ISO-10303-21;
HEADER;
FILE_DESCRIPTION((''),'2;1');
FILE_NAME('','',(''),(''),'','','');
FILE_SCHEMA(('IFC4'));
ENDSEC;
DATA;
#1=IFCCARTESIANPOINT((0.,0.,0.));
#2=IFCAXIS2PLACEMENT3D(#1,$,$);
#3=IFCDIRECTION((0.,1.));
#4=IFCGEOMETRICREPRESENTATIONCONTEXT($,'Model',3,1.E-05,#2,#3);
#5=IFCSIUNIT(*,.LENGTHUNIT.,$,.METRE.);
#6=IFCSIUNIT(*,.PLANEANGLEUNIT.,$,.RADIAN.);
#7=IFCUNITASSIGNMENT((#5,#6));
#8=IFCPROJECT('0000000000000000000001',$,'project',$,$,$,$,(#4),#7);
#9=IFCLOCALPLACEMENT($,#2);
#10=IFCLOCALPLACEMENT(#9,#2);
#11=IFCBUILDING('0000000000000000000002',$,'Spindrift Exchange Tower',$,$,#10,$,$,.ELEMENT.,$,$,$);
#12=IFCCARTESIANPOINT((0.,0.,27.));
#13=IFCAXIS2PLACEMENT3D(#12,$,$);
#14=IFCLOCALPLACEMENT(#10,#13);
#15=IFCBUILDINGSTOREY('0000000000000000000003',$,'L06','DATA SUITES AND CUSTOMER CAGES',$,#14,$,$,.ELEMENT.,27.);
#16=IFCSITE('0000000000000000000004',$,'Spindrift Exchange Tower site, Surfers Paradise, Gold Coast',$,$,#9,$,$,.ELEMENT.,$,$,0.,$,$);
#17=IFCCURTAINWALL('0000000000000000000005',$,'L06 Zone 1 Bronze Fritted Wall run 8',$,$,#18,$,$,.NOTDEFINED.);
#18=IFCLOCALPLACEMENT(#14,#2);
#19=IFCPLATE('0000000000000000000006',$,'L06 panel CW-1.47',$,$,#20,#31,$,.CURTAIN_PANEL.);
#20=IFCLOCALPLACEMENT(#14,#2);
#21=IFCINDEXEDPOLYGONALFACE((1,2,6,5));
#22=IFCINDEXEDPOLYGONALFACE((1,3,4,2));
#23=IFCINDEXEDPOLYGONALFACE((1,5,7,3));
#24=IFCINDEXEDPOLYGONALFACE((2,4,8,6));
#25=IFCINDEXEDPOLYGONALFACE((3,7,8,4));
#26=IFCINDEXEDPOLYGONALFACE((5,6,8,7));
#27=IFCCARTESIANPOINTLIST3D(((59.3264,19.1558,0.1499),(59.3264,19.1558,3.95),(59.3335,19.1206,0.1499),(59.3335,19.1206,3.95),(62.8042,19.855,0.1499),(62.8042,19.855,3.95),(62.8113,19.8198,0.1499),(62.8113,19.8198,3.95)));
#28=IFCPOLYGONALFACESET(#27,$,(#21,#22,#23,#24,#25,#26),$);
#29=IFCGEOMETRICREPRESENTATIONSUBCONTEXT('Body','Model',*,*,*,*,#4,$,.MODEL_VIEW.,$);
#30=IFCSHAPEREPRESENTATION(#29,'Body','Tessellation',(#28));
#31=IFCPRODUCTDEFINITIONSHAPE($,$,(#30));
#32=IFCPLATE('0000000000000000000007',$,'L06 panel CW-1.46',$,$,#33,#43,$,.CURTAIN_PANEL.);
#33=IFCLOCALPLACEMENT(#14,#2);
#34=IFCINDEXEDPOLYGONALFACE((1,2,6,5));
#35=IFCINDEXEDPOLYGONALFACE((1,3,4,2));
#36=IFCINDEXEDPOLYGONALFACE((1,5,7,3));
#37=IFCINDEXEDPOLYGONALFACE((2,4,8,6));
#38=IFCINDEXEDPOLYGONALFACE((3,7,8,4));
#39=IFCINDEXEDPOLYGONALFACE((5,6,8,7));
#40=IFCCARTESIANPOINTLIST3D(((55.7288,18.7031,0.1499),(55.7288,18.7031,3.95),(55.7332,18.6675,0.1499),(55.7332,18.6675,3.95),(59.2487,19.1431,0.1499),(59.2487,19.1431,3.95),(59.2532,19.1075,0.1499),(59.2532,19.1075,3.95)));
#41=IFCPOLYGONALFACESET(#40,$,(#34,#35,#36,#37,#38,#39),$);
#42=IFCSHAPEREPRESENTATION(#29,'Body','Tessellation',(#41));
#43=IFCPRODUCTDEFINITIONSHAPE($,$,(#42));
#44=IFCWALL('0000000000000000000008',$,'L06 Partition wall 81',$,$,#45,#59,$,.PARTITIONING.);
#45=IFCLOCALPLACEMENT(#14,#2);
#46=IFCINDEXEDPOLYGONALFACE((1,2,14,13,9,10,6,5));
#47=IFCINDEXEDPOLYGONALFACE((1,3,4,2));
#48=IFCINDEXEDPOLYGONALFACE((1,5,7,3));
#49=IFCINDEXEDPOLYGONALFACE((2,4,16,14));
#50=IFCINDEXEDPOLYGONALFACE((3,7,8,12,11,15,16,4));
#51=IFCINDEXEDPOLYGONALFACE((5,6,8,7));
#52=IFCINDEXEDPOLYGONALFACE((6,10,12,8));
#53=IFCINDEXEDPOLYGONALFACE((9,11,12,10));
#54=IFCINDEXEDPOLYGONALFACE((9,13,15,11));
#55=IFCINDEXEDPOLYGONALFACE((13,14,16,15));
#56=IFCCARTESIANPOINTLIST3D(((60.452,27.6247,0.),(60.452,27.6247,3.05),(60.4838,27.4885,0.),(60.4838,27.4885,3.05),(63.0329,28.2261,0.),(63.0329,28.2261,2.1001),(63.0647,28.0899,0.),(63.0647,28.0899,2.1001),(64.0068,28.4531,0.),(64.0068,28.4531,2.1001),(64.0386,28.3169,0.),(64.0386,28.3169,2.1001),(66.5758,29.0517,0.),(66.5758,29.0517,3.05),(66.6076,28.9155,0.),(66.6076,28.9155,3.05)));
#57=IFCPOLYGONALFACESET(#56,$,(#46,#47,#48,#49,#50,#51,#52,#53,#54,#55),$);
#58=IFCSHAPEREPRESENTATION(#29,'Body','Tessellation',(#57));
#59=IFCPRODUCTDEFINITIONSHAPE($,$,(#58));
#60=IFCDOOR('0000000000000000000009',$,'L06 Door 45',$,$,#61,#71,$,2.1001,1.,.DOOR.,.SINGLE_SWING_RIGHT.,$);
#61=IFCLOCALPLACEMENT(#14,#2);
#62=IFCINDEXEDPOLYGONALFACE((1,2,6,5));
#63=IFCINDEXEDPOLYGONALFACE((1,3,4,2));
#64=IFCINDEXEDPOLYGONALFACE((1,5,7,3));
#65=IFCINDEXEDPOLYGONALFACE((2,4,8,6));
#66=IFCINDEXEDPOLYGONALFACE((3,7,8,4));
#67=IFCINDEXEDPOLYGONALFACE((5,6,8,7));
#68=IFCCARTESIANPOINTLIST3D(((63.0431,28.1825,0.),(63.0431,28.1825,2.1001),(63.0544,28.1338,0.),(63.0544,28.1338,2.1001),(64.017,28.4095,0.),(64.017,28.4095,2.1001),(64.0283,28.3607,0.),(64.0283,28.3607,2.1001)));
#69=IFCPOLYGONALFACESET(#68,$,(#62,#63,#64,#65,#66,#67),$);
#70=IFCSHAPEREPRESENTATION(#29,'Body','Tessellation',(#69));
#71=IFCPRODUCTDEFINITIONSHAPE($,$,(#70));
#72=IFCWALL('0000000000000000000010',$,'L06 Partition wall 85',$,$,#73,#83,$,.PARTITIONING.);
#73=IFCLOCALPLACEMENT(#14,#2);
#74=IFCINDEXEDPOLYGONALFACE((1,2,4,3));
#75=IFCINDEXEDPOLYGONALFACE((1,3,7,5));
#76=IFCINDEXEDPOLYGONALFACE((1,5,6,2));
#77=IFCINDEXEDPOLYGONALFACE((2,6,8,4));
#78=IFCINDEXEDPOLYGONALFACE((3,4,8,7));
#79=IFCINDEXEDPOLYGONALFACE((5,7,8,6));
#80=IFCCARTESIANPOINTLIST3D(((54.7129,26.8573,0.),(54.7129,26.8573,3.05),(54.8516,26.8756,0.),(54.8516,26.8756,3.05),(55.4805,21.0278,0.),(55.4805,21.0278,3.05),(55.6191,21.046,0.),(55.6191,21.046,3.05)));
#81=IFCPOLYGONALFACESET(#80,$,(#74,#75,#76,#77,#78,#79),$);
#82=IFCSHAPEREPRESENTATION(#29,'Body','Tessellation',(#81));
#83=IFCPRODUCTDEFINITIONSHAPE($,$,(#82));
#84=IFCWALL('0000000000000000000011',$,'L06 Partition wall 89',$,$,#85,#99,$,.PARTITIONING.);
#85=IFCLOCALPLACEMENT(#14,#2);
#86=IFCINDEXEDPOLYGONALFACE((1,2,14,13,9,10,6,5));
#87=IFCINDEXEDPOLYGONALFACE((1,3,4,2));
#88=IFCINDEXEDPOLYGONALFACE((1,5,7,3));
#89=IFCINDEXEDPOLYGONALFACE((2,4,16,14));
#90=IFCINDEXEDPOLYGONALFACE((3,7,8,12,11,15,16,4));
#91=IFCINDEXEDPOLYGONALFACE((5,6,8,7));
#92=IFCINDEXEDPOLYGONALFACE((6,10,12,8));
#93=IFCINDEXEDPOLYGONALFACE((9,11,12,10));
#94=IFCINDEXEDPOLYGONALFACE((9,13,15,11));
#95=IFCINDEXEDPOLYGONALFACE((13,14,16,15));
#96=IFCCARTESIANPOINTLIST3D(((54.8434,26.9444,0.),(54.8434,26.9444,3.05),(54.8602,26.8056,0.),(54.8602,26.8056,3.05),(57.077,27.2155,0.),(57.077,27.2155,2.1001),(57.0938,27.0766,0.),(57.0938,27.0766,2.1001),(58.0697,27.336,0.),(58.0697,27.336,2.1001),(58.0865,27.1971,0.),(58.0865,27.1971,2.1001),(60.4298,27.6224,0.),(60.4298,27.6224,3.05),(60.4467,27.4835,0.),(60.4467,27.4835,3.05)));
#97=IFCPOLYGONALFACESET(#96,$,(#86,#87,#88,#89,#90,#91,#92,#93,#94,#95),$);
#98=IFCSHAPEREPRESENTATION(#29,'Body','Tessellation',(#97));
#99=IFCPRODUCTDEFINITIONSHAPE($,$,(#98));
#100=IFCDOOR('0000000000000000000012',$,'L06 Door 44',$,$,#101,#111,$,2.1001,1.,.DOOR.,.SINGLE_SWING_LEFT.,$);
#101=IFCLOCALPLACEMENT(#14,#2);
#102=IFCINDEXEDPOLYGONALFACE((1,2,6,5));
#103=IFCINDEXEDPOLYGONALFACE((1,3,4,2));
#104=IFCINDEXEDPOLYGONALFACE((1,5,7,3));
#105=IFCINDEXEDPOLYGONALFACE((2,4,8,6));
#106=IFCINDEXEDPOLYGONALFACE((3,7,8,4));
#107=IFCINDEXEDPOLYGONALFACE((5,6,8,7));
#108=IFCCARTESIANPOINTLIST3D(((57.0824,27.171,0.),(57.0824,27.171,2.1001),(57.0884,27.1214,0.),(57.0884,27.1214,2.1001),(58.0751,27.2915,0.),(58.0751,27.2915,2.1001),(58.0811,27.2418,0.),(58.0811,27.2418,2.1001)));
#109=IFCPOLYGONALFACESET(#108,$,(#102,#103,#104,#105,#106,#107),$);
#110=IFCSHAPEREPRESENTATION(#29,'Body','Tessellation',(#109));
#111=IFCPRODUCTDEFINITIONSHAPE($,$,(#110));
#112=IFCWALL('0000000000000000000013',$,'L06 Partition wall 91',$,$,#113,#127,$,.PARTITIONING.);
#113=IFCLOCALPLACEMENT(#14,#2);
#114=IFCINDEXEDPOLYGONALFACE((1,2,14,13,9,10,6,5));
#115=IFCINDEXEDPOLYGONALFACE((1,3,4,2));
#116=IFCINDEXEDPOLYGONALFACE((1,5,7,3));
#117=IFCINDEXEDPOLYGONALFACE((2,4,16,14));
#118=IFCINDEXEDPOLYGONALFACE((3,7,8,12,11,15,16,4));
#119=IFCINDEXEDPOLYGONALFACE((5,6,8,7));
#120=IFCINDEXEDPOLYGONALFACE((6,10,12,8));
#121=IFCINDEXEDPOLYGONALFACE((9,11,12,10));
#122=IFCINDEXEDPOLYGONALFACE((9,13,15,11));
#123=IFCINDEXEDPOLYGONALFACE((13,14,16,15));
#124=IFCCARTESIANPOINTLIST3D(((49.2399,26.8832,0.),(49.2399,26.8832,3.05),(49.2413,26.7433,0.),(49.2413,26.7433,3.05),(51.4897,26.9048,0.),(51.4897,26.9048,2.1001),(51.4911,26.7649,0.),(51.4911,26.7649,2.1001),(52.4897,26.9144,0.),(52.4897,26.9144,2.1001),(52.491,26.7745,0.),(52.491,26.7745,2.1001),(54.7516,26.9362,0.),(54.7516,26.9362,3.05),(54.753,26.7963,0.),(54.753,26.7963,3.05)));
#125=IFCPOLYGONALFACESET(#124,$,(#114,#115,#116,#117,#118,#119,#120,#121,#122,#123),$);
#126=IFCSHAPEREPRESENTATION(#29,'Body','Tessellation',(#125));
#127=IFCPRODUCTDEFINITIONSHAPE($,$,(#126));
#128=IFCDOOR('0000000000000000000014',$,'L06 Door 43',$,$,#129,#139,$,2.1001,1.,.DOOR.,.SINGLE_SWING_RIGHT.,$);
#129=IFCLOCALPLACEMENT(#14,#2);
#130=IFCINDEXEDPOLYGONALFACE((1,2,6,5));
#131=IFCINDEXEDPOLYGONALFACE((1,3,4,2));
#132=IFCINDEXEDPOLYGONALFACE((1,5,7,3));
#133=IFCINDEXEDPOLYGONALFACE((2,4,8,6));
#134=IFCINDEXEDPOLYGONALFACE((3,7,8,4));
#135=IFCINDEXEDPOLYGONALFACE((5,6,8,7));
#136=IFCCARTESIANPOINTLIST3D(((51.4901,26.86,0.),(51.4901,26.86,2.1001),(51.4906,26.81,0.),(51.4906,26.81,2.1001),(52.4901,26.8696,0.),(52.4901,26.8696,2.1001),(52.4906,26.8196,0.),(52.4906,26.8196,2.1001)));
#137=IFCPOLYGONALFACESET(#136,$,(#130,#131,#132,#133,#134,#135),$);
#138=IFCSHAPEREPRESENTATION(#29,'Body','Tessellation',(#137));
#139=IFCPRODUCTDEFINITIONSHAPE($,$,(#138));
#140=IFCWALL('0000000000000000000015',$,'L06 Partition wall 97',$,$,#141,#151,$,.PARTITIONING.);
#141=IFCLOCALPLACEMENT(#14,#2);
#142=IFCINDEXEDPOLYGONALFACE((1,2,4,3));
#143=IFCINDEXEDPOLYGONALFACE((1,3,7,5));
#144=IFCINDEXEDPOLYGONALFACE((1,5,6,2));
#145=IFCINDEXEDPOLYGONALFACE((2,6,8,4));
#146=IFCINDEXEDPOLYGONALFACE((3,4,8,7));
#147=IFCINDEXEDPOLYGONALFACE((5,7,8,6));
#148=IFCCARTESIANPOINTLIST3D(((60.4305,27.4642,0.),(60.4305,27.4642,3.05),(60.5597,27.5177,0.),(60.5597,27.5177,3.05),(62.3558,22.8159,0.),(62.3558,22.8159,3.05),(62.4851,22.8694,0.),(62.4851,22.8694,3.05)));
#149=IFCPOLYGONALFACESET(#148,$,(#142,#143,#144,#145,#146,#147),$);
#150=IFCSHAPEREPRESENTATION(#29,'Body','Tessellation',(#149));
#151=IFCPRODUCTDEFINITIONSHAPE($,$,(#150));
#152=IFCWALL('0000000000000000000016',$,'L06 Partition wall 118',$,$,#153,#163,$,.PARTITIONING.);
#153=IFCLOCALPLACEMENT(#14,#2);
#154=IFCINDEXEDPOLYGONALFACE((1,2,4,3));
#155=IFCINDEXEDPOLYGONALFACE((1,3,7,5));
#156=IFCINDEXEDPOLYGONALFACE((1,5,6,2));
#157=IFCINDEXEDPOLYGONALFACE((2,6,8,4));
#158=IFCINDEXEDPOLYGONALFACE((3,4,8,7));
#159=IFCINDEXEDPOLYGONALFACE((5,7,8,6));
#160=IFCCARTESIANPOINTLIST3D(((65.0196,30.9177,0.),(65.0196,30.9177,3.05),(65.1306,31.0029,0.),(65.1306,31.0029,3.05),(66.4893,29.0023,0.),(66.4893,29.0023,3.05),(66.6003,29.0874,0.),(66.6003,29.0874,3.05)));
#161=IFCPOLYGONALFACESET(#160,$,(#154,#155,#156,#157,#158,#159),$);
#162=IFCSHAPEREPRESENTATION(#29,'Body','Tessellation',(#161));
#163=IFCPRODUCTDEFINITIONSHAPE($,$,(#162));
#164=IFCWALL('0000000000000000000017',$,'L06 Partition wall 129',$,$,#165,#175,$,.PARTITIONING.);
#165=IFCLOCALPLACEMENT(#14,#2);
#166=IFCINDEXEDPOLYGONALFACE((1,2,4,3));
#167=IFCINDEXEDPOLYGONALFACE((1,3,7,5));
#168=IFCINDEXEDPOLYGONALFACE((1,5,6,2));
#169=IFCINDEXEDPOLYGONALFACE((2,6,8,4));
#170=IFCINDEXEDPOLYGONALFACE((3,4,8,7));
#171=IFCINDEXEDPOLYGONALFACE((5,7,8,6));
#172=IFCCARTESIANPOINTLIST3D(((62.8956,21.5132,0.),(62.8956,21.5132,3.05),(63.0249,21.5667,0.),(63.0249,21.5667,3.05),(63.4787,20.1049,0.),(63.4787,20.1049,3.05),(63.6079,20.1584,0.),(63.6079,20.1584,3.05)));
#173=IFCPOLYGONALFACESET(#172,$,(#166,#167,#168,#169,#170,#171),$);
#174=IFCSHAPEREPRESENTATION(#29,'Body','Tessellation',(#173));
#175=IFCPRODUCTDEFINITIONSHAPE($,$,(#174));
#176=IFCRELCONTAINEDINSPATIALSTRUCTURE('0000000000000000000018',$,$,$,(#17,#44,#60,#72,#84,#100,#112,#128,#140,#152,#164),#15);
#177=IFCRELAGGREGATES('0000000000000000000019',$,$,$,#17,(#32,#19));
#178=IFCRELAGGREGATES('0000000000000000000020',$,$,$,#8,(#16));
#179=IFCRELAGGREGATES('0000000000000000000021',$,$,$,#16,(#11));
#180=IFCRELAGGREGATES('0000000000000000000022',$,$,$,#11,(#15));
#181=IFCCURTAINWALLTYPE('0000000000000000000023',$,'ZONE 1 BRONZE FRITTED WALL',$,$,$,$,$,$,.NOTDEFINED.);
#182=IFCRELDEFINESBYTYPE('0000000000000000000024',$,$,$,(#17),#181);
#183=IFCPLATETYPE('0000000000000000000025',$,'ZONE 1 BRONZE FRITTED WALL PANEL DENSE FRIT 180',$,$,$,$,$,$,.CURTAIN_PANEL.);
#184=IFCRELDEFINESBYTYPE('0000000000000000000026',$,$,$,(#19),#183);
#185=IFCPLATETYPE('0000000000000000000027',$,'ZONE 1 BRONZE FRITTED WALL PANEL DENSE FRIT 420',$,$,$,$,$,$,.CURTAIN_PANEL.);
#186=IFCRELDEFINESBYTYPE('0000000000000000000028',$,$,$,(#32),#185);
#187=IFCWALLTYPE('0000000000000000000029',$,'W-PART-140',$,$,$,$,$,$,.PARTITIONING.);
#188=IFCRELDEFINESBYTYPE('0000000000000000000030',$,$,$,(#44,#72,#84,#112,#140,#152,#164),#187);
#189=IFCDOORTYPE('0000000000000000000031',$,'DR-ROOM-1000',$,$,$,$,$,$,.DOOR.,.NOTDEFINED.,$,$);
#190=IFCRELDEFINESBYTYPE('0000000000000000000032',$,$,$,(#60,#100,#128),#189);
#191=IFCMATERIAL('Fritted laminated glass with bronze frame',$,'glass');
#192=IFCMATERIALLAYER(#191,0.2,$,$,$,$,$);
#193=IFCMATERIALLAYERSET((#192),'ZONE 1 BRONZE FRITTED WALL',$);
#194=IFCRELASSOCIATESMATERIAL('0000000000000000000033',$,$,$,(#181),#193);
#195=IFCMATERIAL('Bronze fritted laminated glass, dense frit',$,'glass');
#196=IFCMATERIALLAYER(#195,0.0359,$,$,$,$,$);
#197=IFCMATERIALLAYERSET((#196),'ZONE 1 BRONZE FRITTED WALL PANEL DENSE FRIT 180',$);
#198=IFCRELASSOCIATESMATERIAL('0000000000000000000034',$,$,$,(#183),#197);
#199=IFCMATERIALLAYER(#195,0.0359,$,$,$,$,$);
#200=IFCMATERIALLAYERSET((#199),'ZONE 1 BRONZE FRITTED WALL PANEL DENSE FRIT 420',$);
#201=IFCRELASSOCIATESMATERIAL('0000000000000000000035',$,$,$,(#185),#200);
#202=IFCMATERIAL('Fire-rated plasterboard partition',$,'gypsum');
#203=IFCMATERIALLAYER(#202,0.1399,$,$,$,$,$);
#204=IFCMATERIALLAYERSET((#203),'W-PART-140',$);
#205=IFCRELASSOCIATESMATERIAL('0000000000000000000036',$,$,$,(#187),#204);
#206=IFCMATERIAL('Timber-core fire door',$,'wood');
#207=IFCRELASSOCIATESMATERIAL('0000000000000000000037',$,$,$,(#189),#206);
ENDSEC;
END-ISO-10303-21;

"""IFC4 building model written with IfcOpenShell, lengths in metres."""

from ifc_helpers import new_model, si_unit, direction, frame, frame_2d, origin, origin_2d, place, context, subcontext, project, spatial, rectangle, extrude, source, transform, mapped, material, layer, layer_set, type_object, element, fill, aggregate, save


model = new_model("IFC4")

# Units and contexts
model_context = context("Model", 3, precision=1e-05, world=origin(), true_north=direction((0.0, 1.0)))
body_context = subcontext(model_context, "Body", "Model", "MODEL_VIEW")
ifc_project = project(units=[si_unit("LENGTHUNIT", "METRE"), si_unit("PLANEANGLEUNIT", "RADIAN")], contexts=[model_context])

# Site, building, storey
site_placement = place(None, origin())
site = spatial("IfcSite", under=ifc_project, at=site_placement, Name="Spindrift Exchange Tower site, Surfers Paradise, Gold Coast", CompositionType="ELEMENT", RefElevation=0.0)
building_placement = place(site_placement, origin())
building = spatial("IfcBuilding", under=site, at=building_placement, Name="Spindrift Exchange Tower", CompositionType="ELEMENT")
storey_placement = place(building_placement, frame((0.0, 0.0, 27.0)))
storey = spatial("IfcBuildingStorey", under=building, at=storey_placement, Name="L06", Description="DATA SUITES AND CUSTOMER CAGES", CompositionType="ELEMENT", Elevation=27.0)

# Curtain wall
ifc_material_1 = material(Name="Fritted laminated glass with bronze frame", Category="glass")
ifc_layer_1 = layer(ifc_material_1, 0.2)
ifc_layer_set_1 = layer_set([ifc_layer_1], Name="ZONE 1 BRONZE FRITTED WALL")
curtain_wall_type = type_object("IfcCurtainWallType", Name="ZONE 1 BRONZE FRITTED WALL", PredefinedType="NOTDEFINED", material=ifc_layer_set_1)
curtain_wall_1_placement = place(storey_placement, origin())
curtain_wall_1 = element("IfcCurtainWall", 1, at=curtain_wall_1_placement, inside=storey, type_object=curtain_wall_type, Name="L06 Zone 1 Bronze Fritted Wall run 8", PredefinedType="NOTDEFINED")

# Plates
ifc_material_2 = material(Name="Bronze fritted laminated glass, dense frit", Category="glass")
ifc_layer_2 = layer(ifc_material_2, 0.0359)
ifc_layer_set_2 = layer_set([ifc_layer_2], Name="ZONE 1 BRONZE FRITTED WALL PANEL DENSE FRIT 180")
plate_type_1 = type_object("IfcPlateType", Name="ZONE 1 BRONZE FRITTED WALL PANEL DENSE FRIT 180", PredefinedType="CURTAIN_PANEL", material=ifc_layer_set_2)
shared_shape_1 = source(origin(), body_context, "Body", "SweptSolid", [
    extrude(rectangle(XDim=3.5474, YDim=0.0359, at=origin_2d()), origin(), (0.0, 0.0, 1.0), 3.8),
])
plate_1_placement = place(storey_placement, frame((61.0688, 19.4878, 0.1499), z_axis=(0.0, 0.0, 1.0), x_axis=(0.980381, 0.197113, 0.0)))
plate_1 = element("IfcPlate", 2, at=plate_1_placement, type_object=plate_type_1, Name="L06 panel CW-1.47", PredefinedType="CURTAIN_PANEL", context=body_context, shape_type="MappedRepresentation", body=[
    mapped(shared_shape_1, transform((0.0, 0.0, 0.0), scale=1.0)),
])
ifc_layer_3 = layer(ifc_material_2, 0.0359)
ifc_layer_set_3 = layer_set([ifc_layer_3], Name="ZONE 1 BRONZE FRITTED WALL PANEL DENSE FRIT 420")
plate_type_2 = type_object("IfcPlateType", Name="ZONE 1 BRONZE FRITTED WALL PANEL DENSE FRIT 420", PredefinedType="CURTAIN_PANEL", material=ifc_layer_set_3)
shared_shape_2 = source(origin(), body_context, "Body", "SweptSolid", [
    extrude(rectangle(XDim=3.5474, YDim=0.0359, at=origin_2d()), origin(), (0.0, 0.0, 1.0), 3.8),
])
plate_2_placement = place(storey_placement, frame((57.491, 18.9053, 0.1499), z_axis=(0.0, 0.0, 1.0), x_axis=(0.992279, 0.124028, 0.0)))
plate_2 = element("IfcPlate", 3, at=plate_2_placement, type_object=plate_type_2, Name="L06 panel CW-1.46", PredefinedType="CURTAIN_PANEL", context=body_context, shape_type="MappedRepresentation", body=[
    mapped(shared_shape_2, transform((0.0, 0.0, 0.0), scale=1.0)),
])
aggregate(curtain_wall_1, [plate_2, plate_1])

# Wall, opening, door
ifc_material_3 = material(Name="Fire-rated plasterboard partition", Category="gypsum")
ifc_layer_4 = layer(ifc_material_3, 0.1399)
ifc_layer_set_4 = layer_set([ifc_layer_4], Name="W-PART-140")
wall_type_1 = type_object("IfcWallType", Name="W-PART-140", PredefinedType="PARTITIONING", material=ifc_layer_set_4)
wall_1_placement = place(storey_placement, frame((66.5918, 28.9836, 0.0), z_axis=(0.0, 0.0, 1.0), x_axis=(-0.973907, -0.226946, 0.0)))
wall_1 = element("IfcWall", 4, at=wall_1_placement, inside=storey, type_object=wall_type_1, Name="L06 Partition wall 81", PredefinedType="PARTITIONING", context=body_context, shape_type="SweptSolid", body=[
    extrude(rectangle(XDim=6.2878, YDim=0.1399, at=frame_2d((3.144, 0.0))), origin(), (0.0, 0.0, 1.0), 3.05),
])
opening_1_placement = place(wall_1_placement, frame((2.6379, 0.0, 0.0)))
opening_1 = element("IfcOpeningElement", 5, at=opening_1_placement, cuts=wall_1, PredefinedType="OPENING", context=body_context, shape_type="SweptSolid", body=[
    extrude(rectangle(XDim=1.0, YDim=2.1001, at=frame_2d((0.5, 1.05))), frame((0.0, 0.0798, 0.0), z_axis=(0.0, -1.0, 0.0), x_axis=(1.0, 0.0, 0.0)), (0.0, 0.0, 1.0), 0.1599),
])
ifc_material_4 = material(Name="Timber-core fire door", Category="wood")
door_type = type_object("IfcDoorType", Name="DR-ROOM-1000", OperationType="NOTDEFINED", PredefinedType="DOOR", material=ifc_material_4)
shared_shape_3 = source(origin(), body_context, "Body", "SweptSolid", [
    extrude(rectangle(XDim=1.0, YDim=2.1001, at=frame_2d((0.5, 1.05))), frame((0.0, 0.0249, 0.0), z_axis=(0.0, -1.0, 0.0), x_axis=(1.0, 0.0, 0.0)), (0.0, 0.0, 1.0), 0.05),
])
door_1_placement = place(opening_1_placement, origin())
door_1 = element("IfcDoor", 6, at=door_1_placement, inside=storey, type_object=door_type, Name="L06 Door 45", OperationType="SINGLE_SWING_RIGHT", OverallHeight=2.1001, OverallWidth=1.0, PredefinedType="DOOR", context=body_context, shape_type="MappedRepresentation", body=[
    mapped(shared_shape_3, transform((0.0, 0.0, 0.0), scale=1.0)),
])
fill(opening_1, door_1)

# Wall
wall_2_placement = place(storey_placement, frame((54.7822, 26.8665, 0.0), z_axis=(0.0, 0.0, 1.0), x_axis=(0.130543, -0.991443, 0.0)))
element("IfcWall", 7, at=wall_2_placement, inside=storey, type_object=wall_type_1, Name="L06 Partition wall 85", PredefinedType="PARTITIONING", context=body_context, shape_type="SweptSolid", body=[
    extrude(rectangle(XDim=5.8799, YDim=0.1399, at=frame_2d((2.9399, 0.0))), origin(), (0.0, 0.0, 1.0), 3.05),
])

# Walls, openings, doors
wall_3_placement = place(storey_placement, frame((60.4382, 27.553, 0.0), z_axis=(0.0, 0.0, 1.0), x_axis=(-0.992716, -0.120478, 0.0)))
wall_3 = element("IfcWall", 8, at=wall_3_placement, inside=storey, type_object=wall_type_1, Name="L06 Partition wall 89", PredefinedType="PARTITIONING", context=body_context, shape_type="SweptSolid", body=[
    extrude(rectangle(XDim=5.6274, YDim=0.1399, at=frame_2d((2.8137, 0.0))), origin(), (0.0, 0.0, 1.0), 3.05),
])
opening_2_placement = place(wall_3_placement, frame((2.3774, 0.0, 0.0)))
opening_2 = element("IfcOpeningElement", 9, at=opening_2_placement, cuts=wall_3, PredefinedType="OPENING", context=body_context, shape_type="SweptSolid", body=[
    extrude(rectangle(XDim=1.0, YDim=2.1001, at=frame_2d((0.5, 1.05))), frame((0.0, 0.0798, 0.0), z_axis=(0.0, -1.0, 0.0), x_axis=(1.0, 0.0, 0.0)), (0.0, 0.0, 1.0), 0.1599),
])
door_2_placement = place(opening_2_placement, origin())
door_2 = element("IfcDoor", 10, at=door_2_placement, inside=storey, type_object=door_type, Name="L06 Door 44", OperationType="SINGLE_SWING_LEFT", OverallHeight=2.1001, OverallWidth=1.0, PredefinedType="DOOR", context=body_context, shape_type="MappedRepresentation", body=[
    mapped(shared_shape_3, transform((0.0, 0.0, 0.0), scale=1.0)),
])
fill(opening_2, door_2)
wall_4_placement = place(storey_placement, frame((54.7522, 26.8662, 0.0), z_axis=(0.0, 0.0, 1.0), x_axis=(-0.999954, -0.009612, 0.0)))
wall_4 = element("IfcWall", 11, at=wall_4_placement, inside=storey, type_object=wall_type_1, Name="L06 Partition wall 91", PredefinedType="PARTITIONING", context=body_context, shape_type="SweptSolid", body=[
    extrude(rectangle(XDim=5.512, YDim=0.1399, at=frame_2d((2.7559, 0.0))), origin(), (0.0, 0.0, 1.0), 3.05),
])
opening_3_placement = place(wall_4_placement, frame((2.262, 0.0, 0.0)))
opening_3 = element("IfcOpeningElement", 12, at=opening_3_placement, cuts=wall_4, PredefinedType="OPENING", context=body_context, shape_type="SweptSolid", body=[
    extrude(rectangle(XDim=1.0, YDim=2.1001, at=frame_2d((0.5, 1.05))), frame((0.0, 0.0798, 0.0), z_axis=(0.0, -1.0, 0.0), x_axis=(1.0, 0.0, 0.0)), (0.0, 0.0, 1.0), 0.1599),
])
door_3_placement = place(opening_3_placement, origin())
door_3 = element("IfcDoor", 13, at=door_3_placement, inside=storey, type_object=door_type, Name="L06 Door 43", OperationType="SINGLE_SWING_RIGHT", OverallHeight=2.1001, OverallWidth=1.0, PredefinedType="DOOR", context=body_context, shape_type="MappedRepresentation", body=[
    mapped(shared_shape_3, transform((0.0, 0.0, 0.0), scale=1.0)),
])
fill(opening_3, door_3)

# Walls
wall_5_placement = place(storey_placement, frame((60.4951, 27.491, 0.0), z_axis=(0.0, 0.0, 1.0), x_axis=(0.382675, -0.923883, 0.0)))
element("IfcWall", 14, at=wall_5_placement, inside=storey, type_object=wall_type_1, Name="L06 Partition wall 97", PredefinedType="PARTITIONING", context=body_context, shape_type="SweptSolid", body=[
    extrude(rectangle(XDim=5.0312, YDim=0.1399, at=frame_2d((2.5156, 0.0))), origin(), (0.0, 0.0, 1.0), 3.05),
])
wall_6_placement = place(storey_placement, frame((65.0752, 30.9602, 0.0), z_axis=(0.0, 0.0, 1.0), x_axis=(0.608733, -0.793375, 0.0)))
element("IfcWall", 15, at=wall_6_placement, inside=storey, type_object=wall_type_1, Name="L06 Partition wall 118", PredefinedType="PARTITIONING", context=body_context, shape_type="SweptSolid", body=[
    extrude(rectangle(XDim=2.4143, YDim=0.1399, at=frame_2d((1.207, 0.0))), origin(), (0.0, 0.0, 1.0), 3.05),
])
wall_7_placement = place(storey_placement, frame((62.9602, 21.54, 0.0), z_axis=(0.0, 0.0, 1.0), x_axis=(0.382522, -0.923947, 0.0)))
element("IfcWall", 16, at=wall_7_placement, inside=storey, type_object=wall_type_1, Name="L06 Partition wall 129", PredefinedType="PARTITIONING", context=body_context, shape_type="SweptSolid", body=[
    extrude(rectangle(XDim=1.5242, YDim=0.1399, at=frame_2d((0.7622, 0.0))), origin(), (0.0, 0.0, 1.0), 3.05),
])

save(model, "model.ifc")
